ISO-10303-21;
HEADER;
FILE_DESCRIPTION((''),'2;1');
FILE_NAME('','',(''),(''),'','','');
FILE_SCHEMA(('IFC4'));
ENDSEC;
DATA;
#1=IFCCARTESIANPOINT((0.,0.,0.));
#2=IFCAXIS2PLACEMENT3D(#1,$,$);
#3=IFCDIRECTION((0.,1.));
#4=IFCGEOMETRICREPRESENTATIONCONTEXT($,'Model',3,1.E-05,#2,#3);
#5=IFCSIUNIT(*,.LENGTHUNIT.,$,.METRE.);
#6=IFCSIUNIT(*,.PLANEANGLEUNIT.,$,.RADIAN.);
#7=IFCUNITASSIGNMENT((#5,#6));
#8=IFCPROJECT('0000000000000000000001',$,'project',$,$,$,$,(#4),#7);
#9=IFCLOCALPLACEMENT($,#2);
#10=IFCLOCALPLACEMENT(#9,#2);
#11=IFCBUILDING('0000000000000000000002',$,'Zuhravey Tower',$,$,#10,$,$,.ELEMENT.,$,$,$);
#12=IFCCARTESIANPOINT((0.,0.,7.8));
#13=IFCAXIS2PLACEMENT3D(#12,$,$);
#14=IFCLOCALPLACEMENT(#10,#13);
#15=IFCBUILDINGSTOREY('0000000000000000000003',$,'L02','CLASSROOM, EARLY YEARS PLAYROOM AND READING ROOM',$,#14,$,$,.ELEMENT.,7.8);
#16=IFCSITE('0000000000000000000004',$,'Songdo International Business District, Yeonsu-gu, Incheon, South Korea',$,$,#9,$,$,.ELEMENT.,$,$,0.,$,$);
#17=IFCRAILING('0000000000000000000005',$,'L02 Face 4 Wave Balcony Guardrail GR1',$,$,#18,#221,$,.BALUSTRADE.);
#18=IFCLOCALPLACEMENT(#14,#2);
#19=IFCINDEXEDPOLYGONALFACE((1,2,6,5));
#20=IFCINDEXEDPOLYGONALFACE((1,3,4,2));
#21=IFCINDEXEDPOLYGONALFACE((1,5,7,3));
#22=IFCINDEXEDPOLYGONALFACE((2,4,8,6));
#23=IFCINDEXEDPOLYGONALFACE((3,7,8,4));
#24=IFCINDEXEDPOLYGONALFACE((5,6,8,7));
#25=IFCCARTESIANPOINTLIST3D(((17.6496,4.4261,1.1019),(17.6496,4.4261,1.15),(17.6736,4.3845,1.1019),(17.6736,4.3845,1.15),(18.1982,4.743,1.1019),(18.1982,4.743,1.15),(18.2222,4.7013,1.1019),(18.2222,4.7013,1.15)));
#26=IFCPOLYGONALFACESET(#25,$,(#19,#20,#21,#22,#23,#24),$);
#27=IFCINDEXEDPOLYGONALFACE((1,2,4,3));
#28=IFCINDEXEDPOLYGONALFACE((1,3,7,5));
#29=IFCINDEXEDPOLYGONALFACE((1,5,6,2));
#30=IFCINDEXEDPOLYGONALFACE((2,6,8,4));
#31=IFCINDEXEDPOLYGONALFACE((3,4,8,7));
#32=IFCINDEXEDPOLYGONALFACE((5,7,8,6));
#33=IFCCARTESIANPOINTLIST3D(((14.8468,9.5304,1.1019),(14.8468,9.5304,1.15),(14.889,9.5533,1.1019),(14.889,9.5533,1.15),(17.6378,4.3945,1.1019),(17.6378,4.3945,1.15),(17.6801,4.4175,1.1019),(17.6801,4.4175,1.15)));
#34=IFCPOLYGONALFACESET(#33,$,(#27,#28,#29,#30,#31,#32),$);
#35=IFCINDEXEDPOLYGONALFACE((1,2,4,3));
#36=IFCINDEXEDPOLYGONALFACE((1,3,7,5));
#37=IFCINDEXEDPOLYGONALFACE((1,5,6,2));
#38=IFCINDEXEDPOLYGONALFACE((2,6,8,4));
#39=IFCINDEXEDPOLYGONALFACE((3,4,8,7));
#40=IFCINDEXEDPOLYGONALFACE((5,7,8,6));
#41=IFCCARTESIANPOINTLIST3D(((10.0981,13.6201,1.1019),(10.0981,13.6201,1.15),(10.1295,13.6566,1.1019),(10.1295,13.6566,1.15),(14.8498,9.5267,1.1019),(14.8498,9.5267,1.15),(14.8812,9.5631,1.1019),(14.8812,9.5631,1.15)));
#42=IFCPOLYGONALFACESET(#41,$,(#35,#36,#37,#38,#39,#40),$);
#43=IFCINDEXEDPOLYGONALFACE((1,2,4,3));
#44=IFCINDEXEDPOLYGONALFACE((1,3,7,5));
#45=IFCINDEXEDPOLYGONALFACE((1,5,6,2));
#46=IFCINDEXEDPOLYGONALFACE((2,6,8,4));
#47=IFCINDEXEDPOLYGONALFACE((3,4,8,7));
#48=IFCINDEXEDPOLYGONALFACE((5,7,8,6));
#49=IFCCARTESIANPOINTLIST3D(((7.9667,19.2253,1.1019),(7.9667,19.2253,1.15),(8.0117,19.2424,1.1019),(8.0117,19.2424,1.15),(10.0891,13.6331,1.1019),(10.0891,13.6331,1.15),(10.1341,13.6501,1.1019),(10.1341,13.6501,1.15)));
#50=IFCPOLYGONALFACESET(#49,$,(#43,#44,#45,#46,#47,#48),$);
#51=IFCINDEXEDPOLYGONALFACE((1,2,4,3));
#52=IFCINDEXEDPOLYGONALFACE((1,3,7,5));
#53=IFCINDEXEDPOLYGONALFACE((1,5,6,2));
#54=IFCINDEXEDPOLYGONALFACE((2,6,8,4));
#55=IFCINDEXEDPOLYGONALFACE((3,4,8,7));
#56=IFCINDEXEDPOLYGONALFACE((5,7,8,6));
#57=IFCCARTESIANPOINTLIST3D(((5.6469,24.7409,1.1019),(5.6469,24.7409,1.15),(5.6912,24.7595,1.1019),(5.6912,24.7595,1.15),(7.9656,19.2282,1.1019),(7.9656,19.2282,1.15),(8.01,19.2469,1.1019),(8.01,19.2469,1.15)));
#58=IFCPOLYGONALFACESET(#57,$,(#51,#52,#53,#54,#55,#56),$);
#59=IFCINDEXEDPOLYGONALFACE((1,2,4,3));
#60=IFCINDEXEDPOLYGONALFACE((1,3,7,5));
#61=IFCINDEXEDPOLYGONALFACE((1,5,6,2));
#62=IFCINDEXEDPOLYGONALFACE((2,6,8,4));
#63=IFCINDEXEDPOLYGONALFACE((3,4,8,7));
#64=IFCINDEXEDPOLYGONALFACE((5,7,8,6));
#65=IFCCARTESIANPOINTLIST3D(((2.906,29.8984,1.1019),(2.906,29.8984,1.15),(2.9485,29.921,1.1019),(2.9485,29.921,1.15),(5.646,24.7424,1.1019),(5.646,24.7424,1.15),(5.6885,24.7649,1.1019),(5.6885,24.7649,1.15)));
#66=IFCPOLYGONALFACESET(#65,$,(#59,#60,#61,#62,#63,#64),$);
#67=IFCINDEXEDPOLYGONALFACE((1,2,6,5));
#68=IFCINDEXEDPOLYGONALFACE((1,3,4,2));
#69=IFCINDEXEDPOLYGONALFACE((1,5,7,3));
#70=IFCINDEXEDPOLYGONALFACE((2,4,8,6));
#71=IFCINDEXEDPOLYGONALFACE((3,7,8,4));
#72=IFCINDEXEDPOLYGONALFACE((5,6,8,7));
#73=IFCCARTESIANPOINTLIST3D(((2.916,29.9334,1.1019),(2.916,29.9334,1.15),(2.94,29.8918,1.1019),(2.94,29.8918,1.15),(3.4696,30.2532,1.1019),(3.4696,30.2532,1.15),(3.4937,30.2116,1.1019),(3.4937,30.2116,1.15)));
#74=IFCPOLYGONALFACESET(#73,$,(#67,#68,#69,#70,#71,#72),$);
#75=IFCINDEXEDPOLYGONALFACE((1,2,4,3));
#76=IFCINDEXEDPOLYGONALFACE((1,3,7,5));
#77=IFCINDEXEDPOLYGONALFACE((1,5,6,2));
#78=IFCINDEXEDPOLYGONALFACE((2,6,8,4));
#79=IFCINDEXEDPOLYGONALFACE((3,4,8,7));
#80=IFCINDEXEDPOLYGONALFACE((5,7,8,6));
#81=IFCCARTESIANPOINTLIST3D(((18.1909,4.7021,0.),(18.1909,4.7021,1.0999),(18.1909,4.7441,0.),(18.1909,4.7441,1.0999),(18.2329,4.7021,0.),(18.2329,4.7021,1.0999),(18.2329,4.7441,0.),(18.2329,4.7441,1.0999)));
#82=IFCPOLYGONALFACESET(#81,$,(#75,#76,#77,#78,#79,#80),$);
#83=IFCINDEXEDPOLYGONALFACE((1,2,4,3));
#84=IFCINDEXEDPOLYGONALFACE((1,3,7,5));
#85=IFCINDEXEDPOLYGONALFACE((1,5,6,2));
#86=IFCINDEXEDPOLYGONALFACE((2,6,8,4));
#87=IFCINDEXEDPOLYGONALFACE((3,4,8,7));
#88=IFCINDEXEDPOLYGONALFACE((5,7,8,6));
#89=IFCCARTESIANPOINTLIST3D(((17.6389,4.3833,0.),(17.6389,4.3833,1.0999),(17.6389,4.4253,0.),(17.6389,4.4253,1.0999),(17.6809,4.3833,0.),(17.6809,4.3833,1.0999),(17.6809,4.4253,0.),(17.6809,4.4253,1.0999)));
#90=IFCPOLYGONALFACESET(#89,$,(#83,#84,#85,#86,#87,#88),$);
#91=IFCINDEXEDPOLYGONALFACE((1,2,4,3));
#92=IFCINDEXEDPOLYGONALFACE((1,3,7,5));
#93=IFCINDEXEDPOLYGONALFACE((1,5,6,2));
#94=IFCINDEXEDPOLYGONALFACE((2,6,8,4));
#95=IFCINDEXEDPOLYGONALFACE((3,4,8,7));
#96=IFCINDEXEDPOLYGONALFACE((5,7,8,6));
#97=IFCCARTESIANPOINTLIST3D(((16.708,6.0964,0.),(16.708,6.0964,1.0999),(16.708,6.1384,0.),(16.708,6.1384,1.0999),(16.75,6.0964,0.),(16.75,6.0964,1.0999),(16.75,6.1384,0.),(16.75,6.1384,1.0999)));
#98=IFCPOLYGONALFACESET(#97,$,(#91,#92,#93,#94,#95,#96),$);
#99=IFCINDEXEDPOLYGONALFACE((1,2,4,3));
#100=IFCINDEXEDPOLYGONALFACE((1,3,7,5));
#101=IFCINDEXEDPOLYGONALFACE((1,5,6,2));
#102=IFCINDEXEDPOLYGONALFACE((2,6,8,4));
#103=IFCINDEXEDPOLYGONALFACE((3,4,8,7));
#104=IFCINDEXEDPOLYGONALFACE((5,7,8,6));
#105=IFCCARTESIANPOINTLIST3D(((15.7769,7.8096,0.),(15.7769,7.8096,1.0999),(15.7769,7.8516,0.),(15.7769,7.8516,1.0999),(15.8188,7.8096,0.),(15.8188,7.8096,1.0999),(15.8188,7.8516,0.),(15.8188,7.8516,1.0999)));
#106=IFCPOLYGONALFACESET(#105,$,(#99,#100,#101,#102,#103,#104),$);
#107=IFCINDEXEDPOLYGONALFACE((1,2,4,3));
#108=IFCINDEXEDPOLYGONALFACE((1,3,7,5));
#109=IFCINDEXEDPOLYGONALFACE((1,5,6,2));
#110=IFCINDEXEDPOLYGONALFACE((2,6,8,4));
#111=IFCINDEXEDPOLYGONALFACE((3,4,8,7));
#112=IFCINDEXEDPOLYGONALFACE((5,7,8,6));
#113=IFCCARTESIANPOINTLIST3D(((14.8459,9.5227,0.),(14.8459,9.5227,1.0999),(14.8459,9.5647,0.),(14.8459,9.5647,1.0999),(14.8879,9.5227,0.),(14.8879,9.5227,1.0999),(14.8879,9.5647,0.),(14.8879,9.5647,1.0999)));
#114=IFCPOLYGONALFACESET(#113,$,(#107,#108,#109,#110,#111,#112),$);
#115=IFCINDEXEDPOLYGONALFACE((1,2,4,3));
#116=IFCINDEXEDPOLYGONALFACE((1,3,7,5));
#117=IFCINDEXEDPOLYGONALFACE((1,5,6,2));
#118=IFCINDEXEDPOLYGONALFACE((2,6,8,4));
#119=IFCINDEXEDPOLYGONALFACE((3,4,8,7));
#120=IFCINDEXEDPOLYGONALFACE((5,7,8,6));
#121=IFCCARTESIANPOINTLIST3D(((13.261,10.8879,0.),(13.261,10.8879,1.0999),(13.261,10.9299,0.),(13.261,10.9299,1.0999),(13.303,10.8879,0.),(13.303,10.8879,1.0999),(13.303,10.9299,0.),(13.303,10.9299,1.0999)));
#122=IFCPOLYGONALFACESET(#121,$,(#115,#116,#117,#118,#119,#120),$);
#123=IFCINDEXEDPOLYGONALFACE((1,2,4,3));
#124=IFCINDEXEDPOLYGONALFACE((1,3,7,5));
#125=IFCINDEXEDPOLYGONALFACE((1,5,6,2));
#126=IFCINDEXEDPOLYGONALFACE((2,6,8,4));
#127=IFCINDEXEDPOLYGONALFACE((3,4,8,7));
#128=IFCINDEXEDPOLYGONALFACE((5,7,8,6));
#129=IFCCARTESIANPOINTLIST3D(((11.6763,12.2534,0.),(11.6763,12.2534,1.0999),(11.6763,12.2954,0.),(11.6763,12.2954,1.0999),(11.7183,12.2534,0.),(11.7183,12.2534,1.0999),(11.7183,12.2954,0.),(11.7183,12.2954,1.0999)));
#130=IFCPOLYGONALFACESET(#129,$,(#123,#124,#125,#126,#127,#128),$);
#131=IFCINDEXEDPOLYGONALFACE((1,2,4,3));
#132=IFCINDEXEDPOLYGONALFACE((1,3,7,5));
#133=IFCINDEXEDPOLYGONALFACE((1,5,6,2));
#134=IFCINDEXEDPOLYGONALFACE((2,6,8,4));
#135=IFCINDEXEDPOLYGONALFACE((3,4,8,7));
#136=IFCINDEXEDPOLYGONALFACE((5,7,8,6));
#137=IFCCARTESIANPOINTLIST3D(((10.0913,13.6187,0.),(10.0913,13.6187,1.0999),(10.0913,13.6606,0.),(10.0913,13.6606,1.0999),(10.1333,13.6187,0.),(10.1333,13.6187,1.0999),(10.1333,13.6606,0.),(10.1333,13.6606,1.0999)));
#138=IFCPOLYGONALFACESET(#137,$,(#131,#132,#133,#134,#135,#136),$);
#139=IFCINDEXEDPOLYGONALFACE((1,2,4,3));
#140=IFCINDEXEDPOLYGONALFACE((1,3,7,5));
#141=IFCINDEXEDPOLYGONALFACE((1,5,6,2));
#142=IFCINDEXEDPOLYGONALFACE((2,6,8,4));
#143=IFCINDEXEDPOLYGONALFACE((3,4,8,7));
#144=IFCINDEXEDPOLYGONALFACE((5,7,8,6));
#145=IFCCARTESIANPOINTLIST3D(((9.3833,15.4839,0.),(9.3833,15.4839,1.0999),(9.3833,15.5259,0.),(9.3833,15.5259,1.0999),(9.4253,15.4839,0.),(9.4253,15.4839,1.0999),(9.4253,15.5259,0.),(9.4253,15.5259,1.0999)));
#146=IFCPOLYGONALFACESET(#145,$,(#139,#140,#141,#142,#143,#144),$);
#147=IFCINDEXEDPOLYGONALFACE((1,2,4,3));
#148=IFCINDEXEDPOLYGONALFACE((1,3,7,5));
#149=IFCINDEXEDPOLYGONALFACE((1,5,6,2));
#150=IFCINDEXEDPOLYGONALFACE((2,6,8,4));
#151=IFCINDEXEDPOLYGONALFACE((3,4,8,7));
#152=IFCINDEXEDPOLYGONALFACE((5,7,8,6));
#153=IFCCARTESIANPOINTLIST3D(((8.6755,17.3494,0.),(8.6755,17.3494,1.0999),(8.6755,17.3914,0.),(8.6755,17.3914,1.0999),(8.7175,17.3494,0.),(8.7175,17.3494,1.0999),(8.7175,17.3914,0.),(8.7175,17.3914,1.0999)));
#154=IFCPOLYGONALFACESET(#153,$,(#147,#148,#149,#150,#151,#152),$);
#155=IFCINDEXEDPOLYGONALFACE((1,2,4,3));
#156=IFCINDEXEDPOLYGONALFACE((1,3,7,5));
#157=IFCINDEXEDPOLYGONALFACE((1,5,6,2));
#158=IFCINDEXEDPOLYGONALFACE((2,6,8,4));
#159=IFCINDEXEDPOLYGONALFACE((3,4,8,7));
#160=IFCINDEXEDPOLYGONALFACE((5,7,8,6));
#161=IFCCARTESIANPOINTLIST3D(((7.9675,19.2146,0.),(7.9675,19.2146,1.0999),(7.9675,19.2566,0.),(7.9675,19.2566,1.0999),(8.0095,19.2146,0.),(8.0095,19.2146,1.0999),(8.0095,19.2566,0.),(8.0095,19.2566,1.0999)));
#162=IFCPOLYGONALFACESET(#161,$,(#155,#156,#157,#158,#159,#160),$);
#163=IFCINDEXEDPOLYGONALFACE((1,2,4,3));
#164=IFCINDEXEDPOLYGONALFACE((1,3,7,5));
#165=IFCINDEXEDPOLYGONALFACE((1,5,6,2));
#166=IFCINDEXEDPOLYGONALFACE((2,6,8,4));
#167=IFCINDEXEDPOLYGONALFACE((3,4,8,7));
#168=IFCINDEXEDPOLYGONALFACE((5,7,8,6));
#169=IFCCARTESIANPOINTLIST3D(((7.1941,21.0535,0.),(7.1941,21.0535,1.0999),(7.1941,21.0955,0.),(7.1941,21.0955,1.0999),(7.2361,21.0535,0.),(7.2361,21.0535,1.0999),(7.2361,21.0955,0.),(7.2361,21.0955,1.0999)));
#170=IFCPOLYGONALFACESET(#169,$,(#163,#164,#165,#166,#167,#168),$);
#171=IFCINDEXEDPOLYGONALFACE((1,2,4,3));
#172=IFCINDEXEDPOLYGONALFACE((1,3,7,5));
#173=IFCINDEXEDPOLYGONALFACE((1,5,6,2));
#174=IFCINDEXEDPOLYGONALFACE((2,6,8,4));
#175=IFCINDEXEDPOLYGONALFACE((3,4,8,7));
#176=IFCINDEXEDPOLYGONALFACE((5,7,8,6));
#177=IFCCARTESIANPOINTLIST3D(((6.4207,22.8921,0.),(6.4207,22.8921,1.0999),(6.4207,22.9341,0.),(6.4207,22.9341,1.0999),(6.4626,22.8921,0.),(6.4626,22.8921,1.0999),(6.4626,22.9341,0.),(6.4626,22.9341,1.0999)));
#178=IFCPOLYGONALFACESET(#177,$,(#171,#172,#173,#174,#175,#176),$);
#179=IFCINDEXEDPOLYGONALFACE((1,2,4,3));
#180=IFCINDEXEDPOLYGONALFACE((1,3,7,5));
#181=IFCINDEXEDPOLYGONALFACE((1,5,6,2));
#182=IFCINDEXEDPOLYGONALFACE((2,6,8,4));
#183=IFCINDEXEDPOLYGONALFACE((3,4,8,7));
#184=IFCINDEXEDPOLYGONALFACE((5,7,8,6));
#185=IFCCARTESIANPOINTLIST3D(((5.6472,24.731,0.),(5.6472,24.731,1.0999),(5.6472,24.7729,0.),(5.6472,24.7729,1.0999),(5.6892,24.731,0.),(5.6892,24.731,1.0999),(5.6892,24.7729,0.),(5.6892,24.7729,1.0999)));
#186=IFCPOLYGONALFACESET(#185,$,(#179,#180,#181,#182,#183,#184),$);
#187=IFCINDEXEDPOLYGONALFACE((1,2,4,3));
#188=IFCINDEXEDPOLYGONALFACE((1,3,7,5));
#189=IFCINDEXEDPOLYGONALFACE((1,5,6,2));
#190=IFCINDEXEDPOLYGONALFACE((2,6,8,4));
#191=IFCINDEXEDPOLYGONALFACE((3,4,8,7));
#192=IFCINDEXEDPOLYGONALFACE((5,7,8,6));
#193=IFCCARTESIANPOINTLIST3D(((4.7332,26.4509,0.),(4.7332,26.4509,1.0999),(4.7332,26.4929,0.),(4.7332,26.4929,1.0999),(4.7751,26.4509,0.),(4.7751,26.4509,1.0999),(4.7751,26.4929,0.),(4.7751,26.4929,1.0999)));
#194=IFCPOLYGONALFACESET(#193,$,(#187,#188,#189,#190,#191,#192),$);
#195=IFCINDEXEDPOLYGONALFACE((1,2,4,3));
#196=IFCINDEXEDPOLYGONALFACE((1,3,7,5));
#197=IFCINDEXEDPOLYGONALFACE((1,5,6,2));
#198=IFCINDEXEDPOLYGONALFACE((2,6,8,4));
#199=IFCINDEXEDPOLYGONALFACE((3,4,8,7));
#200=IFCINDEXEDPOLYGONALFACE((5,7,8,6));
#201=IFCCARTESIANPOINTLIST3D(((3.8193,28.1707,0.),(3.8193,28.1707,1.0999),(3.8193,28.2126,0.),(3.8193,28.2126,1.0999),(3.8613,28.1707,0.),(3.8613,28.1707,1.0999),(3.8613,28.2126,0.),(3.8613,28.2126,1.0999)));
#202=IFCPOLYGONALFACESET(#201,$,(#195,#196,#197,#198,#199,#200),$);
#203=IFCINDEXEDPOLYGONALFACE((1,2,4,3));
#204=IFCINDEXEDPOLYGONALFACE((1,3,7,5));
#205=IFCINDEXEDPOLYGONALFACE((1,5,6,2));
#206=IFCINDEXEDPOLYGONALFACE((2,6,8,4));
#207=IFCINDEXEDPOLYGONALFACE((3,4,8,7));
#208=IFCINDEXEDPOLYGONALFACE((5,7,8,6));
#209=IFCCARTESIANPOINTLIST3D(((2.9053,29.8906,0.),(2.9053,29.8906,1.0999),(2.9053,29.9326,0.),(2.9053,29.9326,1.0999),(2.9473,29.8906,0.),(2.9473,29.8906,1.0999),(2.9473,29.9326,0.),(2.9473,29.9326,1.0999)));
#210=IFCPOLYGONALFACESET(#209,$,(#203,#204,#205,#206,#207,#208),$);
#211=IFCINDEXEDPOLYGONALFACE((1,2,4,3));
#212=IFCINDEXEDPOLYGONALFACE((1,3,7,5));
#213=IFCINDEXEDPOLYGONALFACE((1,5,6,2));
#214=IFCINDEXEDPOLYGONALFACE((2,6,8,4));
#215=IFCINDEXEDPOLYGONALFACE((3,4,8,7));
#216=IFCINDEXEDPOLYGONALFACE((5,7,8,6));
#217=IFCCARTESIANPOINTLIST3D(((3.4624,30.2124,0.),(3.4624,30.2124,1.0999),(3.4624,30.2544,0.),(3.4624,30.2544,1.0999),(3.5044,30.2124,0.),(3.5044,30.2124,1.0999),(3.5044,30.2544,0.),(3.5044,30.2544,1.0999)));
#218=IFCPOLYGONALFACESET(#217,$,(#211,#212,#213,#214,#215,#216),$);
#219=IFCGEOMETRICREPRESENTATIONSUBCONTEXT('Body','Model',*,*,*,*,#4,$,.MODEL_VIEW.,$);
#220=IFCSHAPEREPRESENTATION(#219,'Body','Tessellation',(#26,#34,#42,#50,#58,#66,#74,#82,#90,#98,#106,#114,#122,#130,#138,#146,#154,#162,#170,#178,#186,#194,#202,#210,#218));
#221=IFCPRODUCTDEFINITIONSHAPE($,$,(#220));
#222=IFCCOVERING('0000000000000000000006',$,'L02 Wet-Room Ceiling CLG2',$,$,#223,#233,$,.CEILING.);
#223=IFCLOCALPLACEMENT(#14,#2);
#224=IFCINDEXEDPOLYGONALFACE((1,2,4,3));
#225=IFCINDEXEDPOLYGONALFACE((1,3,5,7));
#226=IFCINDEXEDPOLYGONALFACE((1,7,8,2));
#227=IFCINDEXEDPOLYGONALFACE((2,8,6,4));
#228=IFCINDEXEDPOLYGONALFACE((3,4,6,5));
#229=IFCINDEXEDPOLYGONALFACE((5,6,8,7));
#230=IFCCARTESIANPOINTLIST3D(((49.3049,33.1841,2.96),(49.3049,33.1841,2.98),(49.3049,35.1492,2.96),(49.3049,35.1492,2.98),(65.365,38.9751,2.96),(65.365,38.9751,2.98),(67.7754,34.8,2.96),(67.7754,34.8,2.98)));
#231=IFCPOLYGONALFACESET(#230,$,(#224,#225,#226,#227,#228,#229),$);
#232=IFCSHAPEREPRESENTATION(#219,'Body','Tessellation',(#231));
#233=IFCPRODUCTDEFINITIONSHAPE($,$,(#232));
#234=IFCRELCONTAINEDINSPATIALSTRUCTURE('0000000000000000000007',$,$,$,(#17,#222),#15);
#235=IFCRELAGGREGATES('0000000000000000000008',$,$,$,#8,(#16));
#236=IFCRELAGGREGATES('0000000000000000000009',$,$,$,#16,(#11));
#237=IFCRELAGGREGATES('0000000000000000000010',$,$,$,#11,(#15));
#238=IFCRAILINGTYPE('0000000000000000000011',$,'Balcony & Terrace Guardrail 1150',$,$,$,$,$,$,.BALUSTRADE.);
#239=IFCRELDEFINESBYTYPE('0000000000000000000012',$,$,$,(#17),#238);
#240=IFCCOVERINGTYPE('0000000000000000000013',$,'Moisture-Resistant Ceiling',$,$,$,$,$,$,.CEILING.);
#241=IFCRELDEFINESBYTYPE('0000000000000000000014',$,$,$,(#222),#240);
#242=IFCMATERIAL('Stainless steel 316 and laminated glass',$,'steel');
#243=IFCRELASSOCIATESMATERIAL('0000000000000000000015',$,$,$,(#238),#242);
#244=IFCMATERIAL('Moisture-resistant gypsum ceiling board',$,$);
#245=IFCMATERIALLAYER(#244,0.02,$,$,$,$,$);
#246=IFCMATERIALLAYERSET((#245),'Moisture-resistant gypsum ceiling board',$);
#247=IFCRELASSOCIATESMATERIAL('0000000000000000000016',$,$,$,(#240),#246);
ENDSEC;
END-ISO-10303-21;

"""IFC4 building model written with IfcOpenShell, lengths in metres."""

from ifc_helpers import new_model, si_unit, direction, frame, origin, origin_2d, place, context, subcontext, project, spatial, polyline, rectangle, outline, extrude, material, layer, layer_set, type_object, element, save


model = new_model("IFC4")

# Units and contexts
model_context = context("Model", 3, precision=1e-05, world=origin(), true_north=direction((0.0, 1.0)))
body_context = subcontext(model_context, "Body", "Model", "MODEL_VIEW")
ifc_project = project(units=[si_unit("LENGTHUNIT", "METRE"), si_unit("PLANEANGLEUNIT", "RADIAN")], contexts=[model_context])

# Site, building, storey
site_placement = place(None, origin())
site = spatial("IfcSite", under=ifc_project, at=site_placement, Name="Songdo International Business District, Yeonsu-gu, Incheon, South Korea", CompositionType="ELEMENT", RefElevation=0.0)
building_placement = place(site_placement, origin())
building = spatial("IfcBuilding", under=site, at=building_placement, Name="Zuhravey Tower", CompositionType="ELEMENT")
storey_placement = place(building_placement, frame((0.0, 0.0, 7.8)))
storey = spatial("IfcBuildingStorey", under=building, at=storey_placement, Name="L02", Description="CLASSROOM, EARLY YEARS PLAYROOM AND READING ROOM", CompositionType="ELEMENT", Elevation=7.8)

# Railing
ifc_material_1 = material(Name="Stainless steel 316 and laminated glass", Category="steel")
railing_type = type_object("IfcRailingType", Name="Balcony & Terrace Guardrail 1150", PredefinedType="BALUSTRADE", material=ifc_material_1)
railing_placement = place(storey_placement, frame((18.2119, 4.7231, 0.0)))
element("IfcRailing", 1, at=railing_placement, inside=storey, type_object=railing_type, Name="L02 Face 4 Wave Balcony Guardrail GR1", PredefinedType="BALUSTRADE", context=body_context, shape_type="SweptSolid", body=[
    extrude(rectangle(XDim=0.0481, YDim=0.0481, at=origin_2d()), frame((-0.0017, -0.001, 1.126), z_axis=(-0.865924, -0.500176, 0.0), x_axis=(0.500176, -0.865924, 0.0)), (0.0, 0.0, 1.0), 0.6335),
    extrude(rectangle(XDim=0.0481, YDim=0.0481, at=origin_2d()), frame((-0.553, -0.3171, 1.126), z_axis=(-0.477489, 0.878638, 0.0), x_axis=(-0.878638, -0.477489, 0.0)), (0.0, 0.0, 1.0), 5.8452),
    extrude(rectangle(XDim=0.0481, YDim=0.0481, at=origin_2d()), frame((-3.3464, 4.8218, 1.126), z_axis=(-0.757637, 0.652676, 0.0), x_axis=(-0.652676, -0.757637, 0.0)), (0.0, 0.0, 1.0), 6.2717),
    extrude(rectangle(XDim=0.0481, YDim=0.0481, at=origin_2d()), frame((-8.1003, 8.9185, 1.126), z_axis=(-0.354826, 0.934932, 0.0), x_axis=(-0.934932, -0.354826, 0.0)), (0.0, 0.0, 1.0), 5.9814),
    extrude(rectangle(XDim=0.0481, YDim=0.0481, at=origin_2d()), frame((-10.2241, 14.5144, 1.126), z_axis=(-0.387721, 0.921777, 0.0), x_axis=(-0.921777, -0.387721, 0.0)), (0.0, 0.0, 1.0), 5.9805),
    extrude(rectangle(XDim=0.0481, YDim=0.0481, at=origin_2d()), frame((-12.5447, 20.0305, 1.126), z_axis=(-0.469271, 0.883054, 0.0), x_axis=(-0.883054, -0.469271, 0.0)), (0.0, 0.0, 1.0), 5.8389),
    extrude(rectangle(XDim=0.0481, YDim=0.0481, at=origin_2d()), frame((-15.2839, 25.1895, 1.126), z_axis=(0.865945, 0.500139, 0.0), x_axis=(-0.500139, 0.865945, 0.0)), (0.0, 0.0, 1.0), 0.6394),
    extrude(rectangle(XDim=0.042, YDim=0.042, at=origin_2d()), origin(), (0.0, 0.0, 1.0), 1.0999),
    extrude(rectangle(XDim=0.042, YDim=0.042, at=origin_2d()), frame((-0.552, -0.3188, 0.0)), (0.0, 0.0, 1.0), 1.0999),
    extrude(rectangle(XDim=0.042, YDim=0.042, at=origin_2d()), frame((-1.4829, 1.3943, 0.0)), (0.0, 0.0, 1.0), 1.0999),
    extrude(rectangle(XDim=0.042, YDim=0.042, at=origin_2d()), frame((-2.4141, 3.1074, 0.0)), (0.0, 0.0, 1.0), 1.0999),
    extrude(rectangle(XDim=0.042, YDim=0.042, at=origin_2d()), frame((-3.345, 4.8206, 0.0)), (0.0, 0.0, 1.0), 1.0999),
    extrude(rectangle(XDim=0.042, YDim=0.042, at=origin_2d()), frame((-4.9299, 6.1858, 0.0)), (0.0, 0.0, 1.0), 1.0999),
    extrude(rectangle(XDim=0.042, YDim=0.042, at=origin_2d()), frame((-6.5146, 7.5513, 0.0)), (0.0, 0.0, 1.0), 1.0999),
    extrude(rectangle(XDim=0.042, YDim=0.042, at=origin_2d()), frame((-8.0996, 8.9165, 0.0)), (0.0, 0.0, 1.0), 1.0999),
    extrude(rectangle(XDim=0.042, YDim=0.042, at=origin_2d()), frame((-8.8076, 10.7817, 0.0)), (0.0, 0.0, 1.0), 1.0999),
    extrude(rectangle(XDim=0.042, YDim=0.042, at=origin_2d()), frame((-9.5154, 12.6472, 0.0)), (0.0, 0.0, 1.0), 1.0999),
    extrude(rectangle(XDim=0.042, YDim=0.042, at=origin_2d()), frame((-10.2234, 14.5125, 0.0)), (0.0, 0.0, 1.0), 1.0999),
    extrude(rectangle(XDim=0.042, YDim=0.042, at=origin_2d()), frame((-10.9968, 16.3513, 0.0)), (0.0, 0.0, 1.0), 1.0999),
    extrude(rectangle(XDim=0.042, YDim=0.042, at=origin_2d()), frame((-11.7703, 18.1899, 0.0)), (0.0, 0.0, 1.0), 1.0999),
    extrude(rectangle(XDim=0.042, YDim=0.042, at=origin_2d()), frame((-12.5437, 20.0288, 0.0)), (0.0, 0.0, 1.0), 1.0999),
    extrude(rectangle(XDim=0.042, YDim=0.042, at=origin_2d()), frame((-13.4578, 21.7488, 0.0)), (0.0, 0.0, 1.0), 1.0999),
    extrude(rectangle(XDim=0.042, YDim=0.042, at=origin_2d()), frame((-14.3716, 23.4685, 0.0)), (0.0, 0.0, 1.0), 1.0999),
    extrude(rectangle(XDim=0.042, YDim=0.042, at=origin_2d()), frame((-15.2856, 25.1885, 0.0)), (0.0, 0.0, 1.0), 1.0999),
    extrude(rectangle(XDim=0.042, YDim=0.042, at=origin_2d()), frame((-14.7285, 25.5103, 0.0)), (0.0, 0.0, 1.0), 1.0999),
])

# Covering
ifc_material_2 = material(Name="Moisture-resistant gypsum ceiling board")
ifc_layer_1 = layer(ifc_material_2, 0.02)
ifc_layer_set_1 = layer_set([ifc_layer_1], Name="Moisture-resistant gypsum ceiling board")
covering_type_1 = type_object("IfcCoveringType", Name="Moisture-Resistant Ceiling", PredefinedType="CEILING", material=ifc_layer_set_1)
covering_1_placement = place(storey_placement, frame((0.0, 0.0, 2.96)))
element("IfcCovering", 2, at=covering_1_placement, inside=storey, type_object=covering_type_1, Name="L02 Wet-Room Ceiling CLG2", PredefinedType="CEILING", context=body_context, shape_type="SweptSolid", body=[
    extrude(outline(polyline([(67.7754, 34.8), (49.3049, 33.1841), (49.3049, 35.1492), (65.365, 38.9751), (67.7754, 34.8)])), origin(), (0.0, 0.0, 1.0), 0.02),
])

save(model, "model.ifc")
